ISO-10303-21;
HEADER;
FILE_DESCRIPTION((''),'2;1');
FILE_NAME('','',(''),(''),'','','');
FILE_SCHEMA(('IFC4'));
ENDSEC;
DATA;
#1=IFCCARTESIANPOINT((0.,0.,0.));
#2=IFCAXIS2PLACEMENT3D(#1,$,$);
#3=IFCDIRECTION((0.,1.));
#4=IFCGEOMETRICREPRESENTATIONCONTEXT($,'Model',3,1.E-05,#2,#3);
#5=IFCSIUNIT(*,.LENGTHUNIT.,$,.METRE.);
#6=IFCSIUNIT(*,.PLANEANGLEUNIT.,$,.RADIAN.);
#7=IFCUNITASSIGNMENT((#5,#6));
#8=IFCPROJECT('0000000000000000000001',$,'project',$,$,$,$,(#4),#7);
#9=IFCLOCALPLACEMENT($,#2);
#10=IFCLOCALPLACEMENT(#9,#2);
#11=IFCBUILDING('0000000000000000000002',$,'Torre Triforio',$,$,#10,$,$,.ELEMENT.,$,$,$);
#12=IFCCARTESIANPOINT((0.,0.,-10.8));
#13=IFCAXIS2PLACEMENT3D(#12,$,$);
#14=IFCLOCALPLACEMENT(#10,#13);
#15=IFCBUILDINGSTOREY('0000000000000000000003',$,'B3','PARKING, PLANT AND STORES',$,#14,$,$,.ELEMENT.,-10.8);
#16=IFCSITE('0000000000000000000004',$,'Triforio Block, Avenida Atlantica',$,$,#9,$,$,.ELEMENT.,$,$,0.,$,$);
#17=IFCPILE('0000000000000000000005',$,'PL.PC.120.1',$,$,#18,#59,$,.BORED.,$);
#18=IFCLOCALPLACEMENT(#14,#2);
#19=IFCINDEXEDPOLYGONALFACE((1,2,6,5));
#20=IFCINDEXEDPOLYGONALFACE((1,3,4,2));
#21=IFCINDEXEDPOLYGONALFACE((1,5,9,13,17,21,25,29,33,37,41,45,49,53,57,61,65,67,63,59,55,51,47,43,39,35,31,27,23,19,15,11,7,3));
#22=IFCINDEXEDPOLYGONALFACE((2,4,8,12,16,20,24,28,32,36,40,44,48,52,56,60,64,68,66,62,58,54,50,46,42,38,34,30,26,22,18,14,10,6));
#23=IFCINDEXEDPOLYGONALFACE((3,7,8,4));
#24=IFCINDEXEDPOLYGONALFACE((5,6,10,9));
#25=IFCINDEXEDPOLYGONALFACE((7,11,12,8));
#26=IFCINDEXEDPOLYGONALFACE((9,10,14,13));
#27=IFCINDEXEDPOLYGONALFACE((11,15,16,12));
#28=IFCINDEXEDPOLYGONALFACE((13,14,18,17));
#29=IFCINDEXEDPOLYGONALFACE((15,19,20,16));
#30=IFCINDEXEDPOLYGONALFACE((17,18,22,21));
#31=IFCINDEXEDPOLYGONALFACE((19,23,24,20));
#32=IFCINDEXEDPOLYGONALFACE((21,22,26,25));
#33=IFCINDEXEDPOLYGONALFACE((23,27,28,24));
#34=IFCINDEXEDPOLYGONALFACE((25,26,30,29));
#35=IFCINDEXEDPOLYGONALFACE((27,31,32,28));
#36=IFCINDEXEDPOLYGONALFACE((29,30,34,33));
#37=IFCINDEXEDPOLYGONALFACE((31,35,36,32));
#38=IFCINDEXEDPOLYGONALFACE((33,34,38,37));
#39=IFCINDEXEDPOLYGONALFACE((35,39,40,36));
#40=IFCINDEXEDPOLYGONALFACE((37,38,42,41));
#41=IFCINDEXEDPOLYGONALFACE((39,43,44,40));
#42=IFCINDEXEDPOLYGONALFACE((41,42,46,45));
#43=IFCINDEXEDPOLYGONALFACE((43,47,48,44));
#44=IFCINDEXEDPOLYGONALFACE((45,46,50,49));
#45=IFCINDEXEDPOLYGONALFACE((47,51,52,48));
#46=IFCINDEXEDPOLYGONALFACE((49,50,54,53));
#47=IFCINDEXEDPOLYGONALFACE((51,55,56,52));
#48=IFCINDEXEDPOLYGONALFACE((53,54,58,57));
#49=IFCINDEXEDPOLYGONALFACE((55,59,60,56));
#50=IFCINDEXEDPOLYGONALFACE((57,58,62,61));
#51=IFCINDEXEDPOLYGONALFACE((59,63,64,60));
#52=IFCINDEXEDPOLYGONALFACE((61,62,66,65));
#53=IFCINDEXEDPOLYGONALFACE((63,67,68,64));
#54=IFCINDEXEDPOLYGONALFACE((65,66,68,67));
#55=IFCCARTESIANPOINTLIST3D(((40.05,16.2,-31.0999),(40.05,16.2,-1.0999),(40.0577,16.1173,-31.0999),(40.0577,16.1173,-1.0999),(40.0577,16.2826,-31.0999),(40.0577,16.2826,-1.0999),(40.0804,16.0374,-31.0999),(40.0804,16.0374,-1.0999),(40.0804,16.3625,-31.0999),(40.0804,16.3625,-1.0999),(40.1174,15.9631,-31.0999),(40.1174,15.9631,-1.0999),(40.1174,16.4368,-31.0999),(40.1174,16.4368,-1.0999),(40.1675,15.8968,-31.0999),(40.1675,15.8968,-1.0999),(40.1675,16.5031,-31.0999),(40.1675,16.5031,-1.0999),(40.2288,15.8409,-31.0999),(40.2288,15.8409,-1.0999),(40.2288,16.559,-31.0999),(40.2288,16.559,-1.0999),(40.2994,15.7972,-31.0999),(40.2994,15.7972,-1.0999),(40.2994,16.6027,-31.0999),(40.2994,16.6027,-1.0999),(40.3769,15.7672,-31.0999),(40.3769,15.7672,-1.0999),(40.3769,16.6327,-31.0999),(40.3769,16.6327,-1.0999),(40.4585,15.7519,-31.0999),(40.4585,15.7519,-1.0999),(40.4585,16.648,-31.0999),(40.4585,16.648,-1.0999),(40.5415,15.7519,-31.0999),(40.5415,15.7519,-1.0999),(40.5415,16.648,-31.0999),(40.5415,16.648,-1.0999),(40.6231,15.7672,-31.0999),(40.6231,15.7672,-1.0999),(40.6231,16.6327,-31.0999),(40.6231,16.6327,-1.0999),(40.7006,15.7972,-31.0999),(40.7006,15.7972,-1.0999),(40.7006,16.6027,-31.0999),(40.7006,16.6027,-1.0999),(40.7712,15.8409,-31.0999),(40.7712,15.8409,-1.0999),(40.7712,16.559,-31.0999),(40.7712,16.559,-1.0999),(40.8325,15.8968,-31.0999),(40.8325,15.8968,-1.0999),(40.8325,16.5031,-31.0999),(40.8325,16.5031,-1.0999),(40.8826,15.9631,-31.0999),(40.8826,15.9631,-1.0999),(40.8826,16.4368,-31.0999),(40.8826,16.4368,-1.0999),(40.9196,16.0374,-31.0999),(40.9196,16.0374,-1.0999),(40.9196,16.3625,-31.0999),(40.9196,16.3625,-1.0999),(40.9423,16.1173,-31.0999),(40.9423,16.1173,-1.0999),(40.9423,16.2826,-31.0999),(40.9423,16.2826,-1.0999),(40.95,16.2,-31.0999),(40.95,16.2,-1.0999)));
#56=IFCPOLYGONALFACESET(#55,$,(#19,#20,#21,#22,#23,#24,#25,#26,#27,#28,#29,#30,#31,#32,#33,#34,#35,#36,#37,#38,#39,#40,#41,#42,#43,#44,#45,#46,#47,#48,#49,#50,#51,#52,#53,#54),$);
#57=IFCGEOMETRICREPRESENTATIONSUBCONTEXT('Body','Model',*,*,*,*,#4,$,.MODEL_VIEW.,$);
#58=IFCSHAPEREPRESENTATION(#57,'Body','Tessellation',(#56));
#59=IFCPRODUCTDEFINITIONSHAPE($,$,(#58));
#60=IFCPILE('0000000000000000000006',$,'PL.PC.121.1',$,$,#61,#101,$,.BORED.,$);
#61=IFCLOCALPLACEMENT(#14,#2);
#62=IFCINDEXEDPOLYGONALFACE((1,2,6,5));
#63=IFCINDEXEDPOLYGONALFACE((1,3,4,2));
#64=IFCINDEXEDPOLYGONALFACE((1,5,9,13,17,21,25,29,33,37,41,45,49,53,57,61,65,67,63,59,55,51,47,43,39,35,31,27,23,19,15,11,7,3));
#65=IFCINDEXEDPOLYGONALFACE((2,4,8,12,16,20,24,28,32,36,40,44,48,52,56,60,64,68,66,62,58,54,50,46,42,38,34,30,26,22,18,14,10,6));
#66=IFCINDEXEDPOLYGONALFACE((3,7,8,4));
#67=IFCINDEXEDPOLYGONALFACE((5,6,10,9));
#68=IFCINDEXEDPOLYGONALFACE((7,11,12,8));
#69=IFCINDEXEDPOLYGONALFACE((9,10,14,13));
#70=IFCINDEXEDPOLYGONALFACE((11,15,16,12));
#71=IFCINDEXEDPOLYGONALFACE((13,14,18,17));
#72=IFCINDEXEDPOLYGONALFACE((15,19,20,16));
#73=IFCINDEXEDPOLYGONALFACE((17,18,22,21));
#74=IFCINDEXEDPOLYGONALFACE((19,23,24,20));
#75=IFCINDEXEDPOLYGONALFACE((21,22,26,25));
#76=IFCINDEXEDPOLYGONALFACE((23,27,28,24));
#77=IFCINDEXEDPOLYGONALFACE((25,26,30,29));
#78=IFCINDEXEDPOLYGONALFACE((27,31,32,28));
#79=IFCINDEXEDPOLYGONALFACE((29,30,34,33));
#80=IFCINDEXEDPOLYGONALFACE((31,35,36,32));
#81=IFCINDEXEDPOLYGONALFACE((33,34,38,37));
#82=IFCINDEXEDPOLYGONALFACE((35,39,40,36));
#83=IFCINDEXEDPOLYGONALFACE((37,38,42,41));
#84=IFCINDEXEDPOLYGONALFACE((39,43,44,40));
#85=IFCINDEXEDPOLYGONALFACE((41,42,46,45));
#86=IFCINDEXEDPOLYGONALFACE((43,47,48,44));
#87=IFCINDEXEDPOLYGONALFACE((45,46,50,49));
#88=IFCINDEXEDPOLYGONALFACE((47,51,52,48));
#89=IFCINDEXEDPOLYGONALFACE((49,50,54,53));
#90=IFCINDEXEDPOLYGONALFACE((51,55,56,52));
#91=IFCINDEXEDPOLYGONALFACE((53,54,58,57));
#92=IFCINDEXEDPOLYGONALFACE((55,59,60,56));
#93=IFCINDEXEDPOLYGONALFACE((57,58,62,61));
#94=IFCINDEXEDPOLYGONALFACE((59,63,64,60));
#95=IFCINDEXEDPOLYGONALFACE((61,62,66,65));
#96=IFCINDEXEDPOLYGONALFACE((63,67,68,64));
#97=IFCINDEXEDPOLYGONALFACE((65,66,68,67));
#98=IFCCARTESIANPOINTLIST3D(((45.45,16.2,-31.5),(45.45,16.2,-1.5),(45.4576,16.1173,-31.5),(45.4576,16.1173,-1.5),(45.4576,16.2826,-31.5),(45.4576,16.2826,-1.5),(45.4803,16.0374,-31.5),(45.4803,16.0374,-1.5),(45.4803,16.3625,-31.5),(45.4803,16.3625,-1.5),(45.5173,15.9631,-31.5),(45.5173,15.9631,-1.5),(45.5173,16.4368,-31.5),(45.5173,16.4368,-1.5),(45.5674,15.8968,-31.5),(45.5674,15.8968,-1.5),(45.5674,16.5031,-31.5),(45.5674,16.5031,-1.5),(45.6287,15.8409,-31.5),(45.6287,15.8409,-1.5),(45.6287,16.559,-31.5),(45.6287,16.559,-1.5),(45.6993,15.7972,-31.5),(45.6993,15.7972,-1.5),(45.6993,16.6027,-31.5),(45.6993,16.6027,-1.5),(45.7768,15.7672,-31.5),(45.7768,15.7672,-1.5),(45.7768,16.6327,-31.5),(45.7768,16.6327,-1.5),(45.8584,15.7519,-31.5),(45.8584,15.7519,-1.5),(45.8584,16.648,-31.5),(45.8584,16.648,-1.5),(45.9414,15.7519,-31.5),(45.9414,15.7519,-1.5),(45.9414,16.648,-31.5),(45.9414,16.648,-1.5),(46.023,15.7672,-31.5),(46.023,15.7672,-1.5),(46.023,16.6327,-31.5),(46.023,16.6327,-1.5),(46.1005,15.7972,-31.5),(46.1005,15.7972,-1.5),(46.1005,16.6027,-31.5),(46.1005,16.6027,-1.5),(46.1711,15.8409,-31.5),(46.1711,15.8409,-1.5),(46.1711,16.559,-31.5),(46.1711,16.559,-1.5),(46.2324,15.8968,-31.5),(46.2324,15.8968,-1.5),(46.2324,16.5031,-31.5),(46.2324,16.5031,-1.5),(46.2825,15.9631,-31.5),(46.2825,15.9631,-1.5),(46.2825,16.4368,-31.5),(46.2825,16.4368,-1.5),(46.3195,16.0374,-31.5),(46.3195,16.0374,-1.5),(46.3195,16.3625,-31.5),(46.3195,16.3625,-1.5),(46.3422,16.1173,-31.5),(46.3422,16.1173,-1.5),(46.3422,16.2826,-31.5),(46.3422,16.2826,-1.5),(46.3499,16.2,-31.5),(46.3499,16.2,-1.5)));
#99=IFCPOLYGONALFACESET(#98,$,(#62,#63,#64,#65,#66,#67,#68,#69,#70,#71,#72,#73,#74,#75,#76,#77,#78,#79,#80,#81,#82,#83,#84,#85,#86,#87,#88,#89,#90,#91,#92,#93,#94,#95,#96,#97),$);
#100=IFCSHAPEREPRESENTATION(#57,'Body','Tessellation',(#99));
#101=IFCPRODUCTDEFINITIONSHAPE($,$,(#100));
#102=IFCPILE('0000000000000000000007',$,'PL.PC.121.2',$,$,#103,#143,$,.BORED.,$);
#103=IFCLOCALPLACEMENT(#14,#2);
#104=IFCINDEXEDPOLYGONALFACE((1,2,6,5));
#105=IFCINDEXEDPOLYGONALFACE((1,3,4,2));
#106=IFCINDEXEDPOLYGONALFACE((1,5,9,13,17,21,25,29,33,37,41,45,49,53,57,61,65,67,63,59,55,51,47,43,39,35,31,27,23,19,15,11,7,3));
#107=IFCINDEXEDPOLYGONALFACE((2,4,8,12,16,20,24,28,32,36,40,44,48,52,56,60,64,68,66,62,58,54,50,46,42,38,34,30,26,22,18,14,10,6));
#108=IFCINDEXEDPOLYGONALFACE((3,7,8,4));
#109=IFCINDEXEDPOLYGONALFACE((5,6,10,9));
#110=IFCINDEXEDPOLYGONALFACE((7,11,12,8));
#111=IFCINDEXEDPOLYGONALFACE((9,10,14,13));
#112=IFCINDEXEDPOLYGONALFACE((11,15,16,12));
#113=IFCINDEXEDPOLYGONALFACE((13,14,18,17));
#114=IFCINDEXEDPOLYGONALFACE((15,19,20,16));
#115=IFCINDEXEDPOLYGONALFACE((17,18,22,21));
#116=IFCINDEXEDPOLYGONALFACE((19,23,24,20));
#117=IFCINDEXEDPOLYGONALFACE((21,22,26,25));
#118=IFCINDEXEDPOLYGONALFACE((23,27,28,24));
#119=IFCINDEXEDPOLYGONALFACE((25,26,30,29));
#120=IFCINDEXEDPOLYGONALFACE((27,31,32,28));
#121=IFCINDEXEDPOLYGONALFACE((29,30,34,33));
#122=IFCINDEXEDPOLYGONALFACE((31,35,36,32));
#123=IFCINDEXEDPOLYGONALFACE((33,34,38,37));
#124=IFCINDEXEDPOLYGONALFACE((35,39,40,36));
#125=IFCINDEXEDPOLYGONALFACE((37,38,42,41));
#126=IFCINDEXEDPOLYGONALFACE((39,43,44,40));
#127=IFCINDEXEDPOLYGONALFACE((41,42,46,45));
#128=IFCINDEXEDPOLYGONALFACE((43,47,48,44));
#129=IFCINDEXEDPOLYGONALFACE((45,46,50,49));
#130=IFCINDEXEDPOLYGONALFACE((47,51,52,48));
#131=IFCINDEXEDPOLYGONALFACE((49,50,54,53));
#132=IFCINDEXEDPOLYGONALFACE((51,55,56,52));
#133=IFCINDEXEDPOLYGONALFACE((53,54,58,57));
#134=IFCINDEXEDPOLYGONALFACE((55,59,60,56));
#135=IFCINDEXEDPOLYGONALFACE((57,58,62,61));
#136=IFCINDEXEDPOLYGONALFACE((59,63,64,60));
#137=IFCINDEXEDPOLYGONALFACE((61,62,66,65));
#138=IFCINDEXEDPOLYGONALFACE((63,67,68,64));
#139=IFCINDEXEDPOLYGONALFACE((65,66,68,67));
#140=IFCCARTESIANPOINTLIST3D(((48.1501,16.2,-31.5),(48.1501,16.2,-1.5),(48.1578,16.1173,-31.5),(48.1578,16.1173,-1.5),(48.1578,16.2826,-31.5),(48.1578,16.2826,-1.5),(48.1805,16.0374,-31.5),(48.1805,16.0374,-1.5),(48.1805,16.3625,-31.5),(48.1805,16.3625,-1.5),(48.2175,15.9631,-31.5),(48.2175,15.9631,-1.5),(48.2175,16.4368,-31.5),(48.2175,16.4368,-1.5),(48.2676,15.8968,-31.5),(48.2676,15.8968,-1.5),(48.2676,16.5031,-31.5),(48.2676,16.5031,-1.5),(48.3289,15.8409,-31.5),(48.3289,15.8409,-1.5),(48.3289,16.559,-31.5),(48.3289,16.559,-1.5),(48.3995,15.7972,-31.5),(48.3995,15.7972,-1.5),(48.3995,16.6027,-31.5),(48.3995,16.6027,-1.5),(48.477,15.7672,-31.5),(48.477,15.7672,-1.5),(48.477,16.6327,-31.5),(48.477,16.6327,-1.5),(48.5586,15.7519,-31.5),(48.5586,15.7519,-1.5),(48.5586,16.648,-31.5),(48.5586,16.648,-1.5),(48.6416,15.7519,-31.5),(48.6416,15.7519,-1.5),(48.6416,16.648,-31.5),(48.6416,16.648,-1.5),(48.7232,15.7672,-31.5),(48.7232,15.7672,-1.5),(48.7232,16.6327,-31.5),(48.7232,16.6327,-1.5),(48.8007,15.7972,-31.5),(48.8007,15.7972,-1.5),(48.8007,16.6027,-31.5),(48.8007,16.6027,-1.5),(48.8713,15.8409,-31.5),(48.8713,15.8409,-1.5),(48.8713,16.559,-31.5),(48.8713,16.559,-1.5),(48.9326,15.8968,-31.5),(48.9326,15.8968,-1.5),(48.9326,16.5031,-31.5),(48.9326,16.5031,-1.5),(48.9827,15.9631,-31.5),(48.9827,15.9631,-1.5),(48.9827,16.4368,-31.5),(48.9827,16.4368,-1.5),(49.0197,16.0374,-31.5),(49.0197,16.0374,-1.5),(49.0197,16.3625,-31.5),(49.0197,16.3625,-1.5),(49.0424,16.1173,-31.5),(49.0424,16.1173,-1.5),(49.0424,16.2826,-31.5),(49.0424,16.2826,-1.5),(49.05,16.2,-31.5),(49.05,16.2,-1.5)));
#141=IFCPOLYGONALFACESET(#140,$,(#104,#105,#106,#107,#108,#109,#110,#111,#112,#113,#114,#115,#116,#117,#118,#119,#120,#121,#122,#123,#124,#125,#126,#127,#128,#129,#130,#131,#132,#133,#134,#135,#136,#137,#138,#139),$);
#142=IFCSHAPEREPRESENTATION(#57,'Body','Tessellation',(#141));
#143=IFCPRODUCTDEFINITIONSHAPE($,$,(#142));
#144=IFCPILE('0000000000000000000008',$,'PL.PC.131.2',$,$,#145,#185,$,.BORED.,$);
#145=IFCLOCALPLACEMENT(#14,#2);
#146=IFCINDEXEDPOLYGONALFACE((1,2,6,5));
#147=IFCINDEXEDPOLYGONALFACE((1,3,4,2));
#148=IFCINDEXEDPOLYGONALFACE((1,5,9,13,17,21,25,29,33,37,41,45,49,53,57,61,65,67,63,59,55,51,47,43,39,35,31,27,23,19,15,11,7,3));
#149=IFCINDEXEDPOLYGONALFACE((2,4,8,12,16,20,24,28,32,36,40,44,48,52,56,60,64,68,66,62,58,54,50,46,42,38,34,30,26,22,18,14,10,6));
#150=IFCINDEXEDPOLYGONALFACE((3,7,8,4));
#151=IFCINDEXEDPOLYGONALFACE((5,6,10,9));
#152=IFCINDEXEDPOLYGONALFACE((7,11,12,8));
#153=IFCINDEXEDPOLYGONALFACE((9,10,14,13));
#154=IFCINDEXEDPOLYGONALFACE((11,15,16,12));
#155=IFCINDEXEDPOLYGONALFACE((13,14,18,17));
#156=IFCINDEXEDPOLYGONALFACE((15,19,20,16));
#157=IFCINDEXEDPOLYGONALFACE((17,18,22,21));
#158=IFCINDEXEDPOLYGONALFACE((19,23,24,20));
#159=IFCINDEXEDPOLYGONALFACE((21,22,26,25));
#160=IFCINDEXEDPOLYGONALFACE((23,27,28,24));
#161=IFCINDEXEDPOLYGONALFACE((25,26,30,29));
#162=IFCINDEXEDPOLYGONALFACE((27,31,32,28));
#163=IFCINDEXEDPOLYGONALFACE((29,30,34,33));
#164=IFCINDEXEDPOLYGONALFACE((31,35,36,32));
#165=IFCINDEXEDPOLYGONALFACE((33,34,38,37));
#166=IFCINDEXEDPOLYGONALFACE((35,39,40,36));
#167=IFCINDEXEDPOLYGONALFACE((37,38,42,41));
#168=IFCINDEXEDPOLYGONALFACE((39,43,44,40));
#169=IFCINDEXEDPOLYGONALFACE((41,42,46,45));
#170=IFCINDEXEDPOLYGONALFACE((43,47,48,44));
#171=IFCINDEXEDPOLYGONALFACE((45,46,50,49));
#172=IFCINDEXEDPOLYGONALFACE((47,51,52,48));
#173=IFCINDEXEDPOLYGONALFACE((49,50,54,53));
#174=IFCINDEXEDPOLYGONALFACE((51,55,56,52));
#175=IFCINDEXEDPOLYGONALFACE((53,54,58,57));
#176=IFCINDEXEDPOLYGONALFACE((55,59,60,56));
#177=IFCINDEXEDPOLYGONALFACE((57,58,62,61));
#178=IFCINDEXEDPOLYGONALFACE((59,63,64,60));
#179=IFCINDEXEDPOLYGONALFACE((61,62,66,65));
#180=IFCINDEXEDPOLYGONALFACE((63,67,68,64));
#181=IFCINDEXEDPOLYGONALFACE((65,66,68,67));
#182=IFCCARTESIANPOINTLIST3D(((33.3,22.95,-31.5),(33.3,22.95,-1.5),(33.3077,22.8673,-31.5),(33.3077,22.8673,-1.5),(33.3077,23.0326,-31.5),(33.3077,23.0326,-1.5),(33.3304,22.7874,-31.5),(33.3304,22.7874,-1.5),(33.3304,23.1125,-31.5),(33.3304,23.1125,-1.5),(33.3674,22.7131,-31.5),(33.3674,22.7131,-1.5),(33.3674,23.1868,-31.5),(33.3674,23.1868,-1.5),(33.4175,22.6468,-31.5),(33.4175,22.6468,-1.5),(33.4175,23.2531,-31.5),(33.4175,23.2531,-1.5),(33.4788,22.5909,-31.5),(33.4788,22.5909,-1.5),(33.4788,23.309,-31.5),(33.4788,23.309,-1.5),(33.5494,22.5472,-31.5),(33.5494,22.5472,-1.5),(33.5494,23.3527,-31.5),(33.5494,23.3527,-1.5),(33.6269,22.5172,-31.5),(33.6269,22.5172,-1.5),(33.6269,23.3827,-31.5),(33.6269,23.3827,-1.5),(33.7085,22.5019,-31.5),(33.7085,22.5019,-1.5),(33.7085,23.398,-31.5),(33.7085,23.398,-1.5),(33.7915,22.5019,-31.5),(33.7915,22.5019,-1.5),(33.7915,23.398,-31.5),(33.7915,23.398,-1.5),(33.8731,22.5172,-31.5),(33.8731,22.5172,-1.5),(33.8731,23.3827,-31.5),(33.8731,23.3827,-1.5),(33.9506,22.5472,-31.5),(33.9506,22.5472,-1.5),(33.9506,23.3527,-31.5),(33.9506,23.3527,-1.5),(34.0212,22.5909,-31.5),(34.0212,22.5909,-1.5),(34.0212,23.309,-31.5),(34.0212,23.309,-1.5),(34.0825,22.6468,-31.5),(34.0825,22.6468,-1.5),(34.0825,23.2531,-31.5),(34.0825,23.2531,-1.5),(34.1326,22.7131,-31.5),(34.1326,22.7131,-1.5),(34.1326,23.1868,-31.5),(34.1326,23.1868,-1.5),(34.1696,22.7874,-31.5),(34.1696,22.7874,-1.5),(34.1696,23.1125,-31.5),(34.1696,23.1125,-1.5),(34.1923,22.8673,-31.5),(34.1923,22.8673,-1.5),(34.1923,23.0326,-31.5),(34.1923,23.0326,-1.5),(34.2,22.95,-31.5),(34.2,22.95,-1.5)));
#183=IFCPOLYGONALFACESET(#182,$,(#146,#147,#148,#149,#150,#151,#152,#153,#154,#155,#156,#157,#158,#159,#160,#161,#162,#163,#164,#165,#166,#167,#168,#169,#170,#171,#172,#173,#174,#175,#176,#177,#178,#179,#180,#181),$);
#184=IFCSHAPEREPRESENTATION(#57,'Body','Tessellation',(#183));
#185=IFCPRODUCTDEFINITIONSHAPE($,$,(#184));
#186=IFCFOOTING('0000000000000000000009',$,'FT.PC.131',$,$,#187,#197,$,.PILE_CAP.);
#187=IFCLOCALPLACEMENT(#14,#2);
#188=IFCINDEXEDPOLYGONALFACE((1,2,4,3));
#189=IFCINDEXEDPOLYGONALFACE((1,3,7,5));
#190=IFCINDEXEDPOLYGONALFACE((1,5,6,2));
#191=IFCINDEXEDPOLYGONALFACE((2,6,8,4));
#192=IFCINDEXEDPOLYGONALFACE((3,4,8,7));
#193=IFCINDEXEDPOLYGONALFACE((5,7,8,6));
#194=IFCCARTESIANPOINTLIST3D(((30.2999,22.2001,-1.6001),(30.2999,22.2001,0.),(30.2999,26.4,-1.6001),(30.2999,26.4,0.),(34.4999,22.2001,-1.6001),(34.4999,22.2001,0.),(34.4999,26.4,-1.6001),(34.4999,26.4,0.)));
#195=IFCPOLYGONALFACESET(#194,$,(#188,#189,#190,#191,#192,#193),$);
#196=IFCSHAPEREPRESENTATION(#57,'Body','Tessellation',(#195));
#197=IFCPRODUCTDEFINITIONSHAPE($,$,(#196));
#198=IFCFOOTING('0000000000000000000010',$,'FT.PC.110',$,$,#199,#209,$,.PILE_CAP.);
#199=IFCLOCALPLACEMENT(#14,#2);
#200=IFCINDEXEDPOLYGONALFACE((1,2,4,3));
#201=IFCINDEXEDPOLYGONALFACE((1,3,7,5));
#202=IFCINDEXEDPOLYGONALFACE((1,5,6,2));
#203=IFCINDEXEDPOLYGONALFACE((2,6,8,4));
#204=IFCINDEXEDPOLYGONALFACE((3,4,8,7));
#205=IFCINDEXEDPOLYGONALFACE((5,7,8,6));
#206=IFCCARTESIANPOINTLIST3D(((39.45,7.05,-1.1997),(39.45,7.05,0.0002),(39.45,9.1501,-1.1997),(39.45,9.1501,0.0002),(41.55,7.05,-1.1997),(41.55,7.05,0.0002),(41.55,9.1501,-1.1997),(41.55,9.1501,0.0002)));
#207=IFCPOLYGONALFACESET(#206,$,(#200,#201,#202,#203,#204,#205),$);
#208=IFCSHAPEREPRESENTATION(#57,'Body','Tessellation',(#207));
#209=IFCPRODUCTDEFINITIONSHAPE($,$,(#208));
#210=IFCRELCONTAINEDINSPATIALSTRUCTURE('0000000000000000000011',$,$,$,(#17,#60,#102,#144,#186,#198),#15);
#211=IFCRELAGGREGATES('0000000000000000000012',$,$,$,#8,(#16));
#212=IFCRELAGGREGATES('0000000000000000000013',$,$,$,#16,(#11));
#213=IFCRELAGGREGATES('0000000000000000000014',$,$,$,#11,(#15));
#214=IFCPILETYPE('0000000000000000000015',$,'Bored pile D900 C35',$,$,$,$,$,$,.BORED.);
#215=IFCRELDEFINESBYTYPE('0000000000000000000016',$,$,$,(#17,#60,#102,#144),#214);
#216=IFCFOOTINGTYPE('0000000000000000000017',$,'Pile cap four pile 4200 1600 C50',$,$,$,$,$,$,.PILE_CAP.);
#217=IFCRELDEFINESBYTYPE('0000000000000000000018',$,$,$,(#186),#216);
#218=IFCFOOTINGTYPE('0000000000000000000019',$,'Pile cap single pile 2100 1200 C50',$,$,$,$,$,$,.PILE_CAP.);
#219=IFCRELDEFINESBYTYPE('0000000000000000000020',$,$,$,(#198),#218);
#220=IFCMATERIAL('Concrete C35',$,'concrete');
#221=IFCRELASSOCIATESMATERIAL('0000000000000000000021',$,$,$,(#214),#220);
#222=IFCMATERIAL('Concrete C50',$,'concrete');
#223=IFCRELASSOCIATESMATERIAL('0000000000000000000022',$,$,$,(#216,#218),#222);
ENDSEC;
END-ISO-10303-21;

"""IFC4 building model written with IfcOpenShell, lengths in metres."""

from ifc_helpers import new_model, si_unit, direction, frame, origin, origin_2d, place, context, subcontext, project, spatial, rectangle, circle, extrude, material, material_profile, profile_set, type_object, element, save


model = new_model("IFC4")

# Units and contexts
model_context = context("Model", 3, precision=1e-05, world=origin(), true_north=direction((0.0, 1.0)))
body_context = subcontext(model_context, "Body", "Model", "MODEL_VIEW")
ifc_project = project(units=[si_unit("LENGTHUNIT", "METRE"), si_unit("PLANEANGLEUNIT", "RADIAN")], contexts=[model_context])

# Site, building, storey
site_placement = place(None, origin())
site = spatial("IfcSite", under=ifc_project, at=site_placement, Name="Triforio Block, Avenida Atlantica", CompositionType="ELEMENT", RefElevation=0.0)
building_placement = place(site_placement, origin())
building = spatial("IfcBuilding", under=site, at=building_placement, Name="Torre Triforio", CompositionType="ELEMENT")
storey_placement = place(building_placement, frame((0.0, 0.0, -10.8)))
storey = spatial("IfcBuildingStorey", under=building, at=storey_placement, Name="B3", Description="PARKING, PLANT AND STORES", CompositionType="ELEMENT", Elevation=-10.8)

# Piles
ifc_material_1 = material(Name="Concrete C35", Category="concrete")
ifc_material_profile_1 = material_profile(ifc_material_1, circle(Radius=0.45, at=origin_2d()), Name="RC D900")
ifc_profile_set_1 = profile_set([ifc_material_profile_1], Name="Concrete C35")
pile_type = type_object("IfcPileType", Name="Bored pile D900 C35", PredefinedType="BORED", material=ifc_profile_set_1)
for number, where, z_axis, x_axis, name in (
    (1, (40.5, 16.2, -1.0999), (0.0, 0.0, -1.0), (1.0, 0.0, 0.0), "PL.PC.120.1"),
    (2, (45.8999, 16.2, -1.5), (0.0, 0.0, -1.0), (1.0, 0.0, 0.0), "PL.PC.121.1"),
    (3, (48.6001, 16.2, -1.5), (0.0, 0.0, -1.0), (1.0, 0.0, 0.0), "PL.PC.121.2"),
    (4, (33.75, 22.95, -1.5), (0.0, 0.0, -1.0), (1.0, 0.0, 0.0), "PL.PC.131.2"),
):
    element("IfcPile", number, at=place(storey_placement, frame(where, z_axis=z_axis, x_axis=x_axis)), inside=storey, type_object=pile_type, Name=name, PredefinedType="BORED", context=body_context, shape_type="SweptSolid", body=[
        extrude(circle(Radius=0.45, at=origin_2d()), origin(), (0.0, 0.0, 1.0), 30.0),
    ])

# Footings
ifc_material_2 = material(Name="Concrete C50", Category="concrete")
footing_type_1 = type_object("IfcFootingType", Name="Pile cap four pile 4200 1600 C50", PredefinedType="PILE_CAP", material=ifc_material_2)
footing_placement = place(storey_placement, frame((32.3999, 24.3, -1.6001), z_axis=(0.0, 0.0, 1.0), x_axis=(1.0, 0.0, 0.0)))
element("IfcFooting", 5, at=footing_placement, inside=storey, type_object=footing_type_1, Name="FT.PC.131", PredefinedType="PILE_CAP", context=body_context, shape_type="SweptSolid", body=[
    extrude(rectangle(XDim=4.2, YDim=4.2, at=origin_2d()), origin(), (0.0, 0.0, 1.0), 1.6001),
])
footing_type_2 = type_object("IfcFootingType", Name="Pile cap single pile 2100 1200 C50", PredefinedType="PILE_CAP", material=ifc_material_2)
for number, where, z_axis, x_axis, name in (
    (6, (40.5, 8.1001, -1.1997), (0.0, 0.0, 1.0), (1.0, 0.0, 0.0), "FT.PC.110"),
):
    element("IfcFooting", number, at=place(storey_placement, frame(where, z_axis=z_axis, x_axis=x_axis)), inside=storey, type_object=footing_type_2, Name=name, PredefinedType="PILE_CAP", context=body_context, shape_type="SweptSolid", body=[
        extrude(rectangle(XDim=2.1001, YDim=2.1001, at=origin_2d()), origin(), (0.0, 0.0, 1.0), 1.2),
    ])

save(model, "model.ifc")
